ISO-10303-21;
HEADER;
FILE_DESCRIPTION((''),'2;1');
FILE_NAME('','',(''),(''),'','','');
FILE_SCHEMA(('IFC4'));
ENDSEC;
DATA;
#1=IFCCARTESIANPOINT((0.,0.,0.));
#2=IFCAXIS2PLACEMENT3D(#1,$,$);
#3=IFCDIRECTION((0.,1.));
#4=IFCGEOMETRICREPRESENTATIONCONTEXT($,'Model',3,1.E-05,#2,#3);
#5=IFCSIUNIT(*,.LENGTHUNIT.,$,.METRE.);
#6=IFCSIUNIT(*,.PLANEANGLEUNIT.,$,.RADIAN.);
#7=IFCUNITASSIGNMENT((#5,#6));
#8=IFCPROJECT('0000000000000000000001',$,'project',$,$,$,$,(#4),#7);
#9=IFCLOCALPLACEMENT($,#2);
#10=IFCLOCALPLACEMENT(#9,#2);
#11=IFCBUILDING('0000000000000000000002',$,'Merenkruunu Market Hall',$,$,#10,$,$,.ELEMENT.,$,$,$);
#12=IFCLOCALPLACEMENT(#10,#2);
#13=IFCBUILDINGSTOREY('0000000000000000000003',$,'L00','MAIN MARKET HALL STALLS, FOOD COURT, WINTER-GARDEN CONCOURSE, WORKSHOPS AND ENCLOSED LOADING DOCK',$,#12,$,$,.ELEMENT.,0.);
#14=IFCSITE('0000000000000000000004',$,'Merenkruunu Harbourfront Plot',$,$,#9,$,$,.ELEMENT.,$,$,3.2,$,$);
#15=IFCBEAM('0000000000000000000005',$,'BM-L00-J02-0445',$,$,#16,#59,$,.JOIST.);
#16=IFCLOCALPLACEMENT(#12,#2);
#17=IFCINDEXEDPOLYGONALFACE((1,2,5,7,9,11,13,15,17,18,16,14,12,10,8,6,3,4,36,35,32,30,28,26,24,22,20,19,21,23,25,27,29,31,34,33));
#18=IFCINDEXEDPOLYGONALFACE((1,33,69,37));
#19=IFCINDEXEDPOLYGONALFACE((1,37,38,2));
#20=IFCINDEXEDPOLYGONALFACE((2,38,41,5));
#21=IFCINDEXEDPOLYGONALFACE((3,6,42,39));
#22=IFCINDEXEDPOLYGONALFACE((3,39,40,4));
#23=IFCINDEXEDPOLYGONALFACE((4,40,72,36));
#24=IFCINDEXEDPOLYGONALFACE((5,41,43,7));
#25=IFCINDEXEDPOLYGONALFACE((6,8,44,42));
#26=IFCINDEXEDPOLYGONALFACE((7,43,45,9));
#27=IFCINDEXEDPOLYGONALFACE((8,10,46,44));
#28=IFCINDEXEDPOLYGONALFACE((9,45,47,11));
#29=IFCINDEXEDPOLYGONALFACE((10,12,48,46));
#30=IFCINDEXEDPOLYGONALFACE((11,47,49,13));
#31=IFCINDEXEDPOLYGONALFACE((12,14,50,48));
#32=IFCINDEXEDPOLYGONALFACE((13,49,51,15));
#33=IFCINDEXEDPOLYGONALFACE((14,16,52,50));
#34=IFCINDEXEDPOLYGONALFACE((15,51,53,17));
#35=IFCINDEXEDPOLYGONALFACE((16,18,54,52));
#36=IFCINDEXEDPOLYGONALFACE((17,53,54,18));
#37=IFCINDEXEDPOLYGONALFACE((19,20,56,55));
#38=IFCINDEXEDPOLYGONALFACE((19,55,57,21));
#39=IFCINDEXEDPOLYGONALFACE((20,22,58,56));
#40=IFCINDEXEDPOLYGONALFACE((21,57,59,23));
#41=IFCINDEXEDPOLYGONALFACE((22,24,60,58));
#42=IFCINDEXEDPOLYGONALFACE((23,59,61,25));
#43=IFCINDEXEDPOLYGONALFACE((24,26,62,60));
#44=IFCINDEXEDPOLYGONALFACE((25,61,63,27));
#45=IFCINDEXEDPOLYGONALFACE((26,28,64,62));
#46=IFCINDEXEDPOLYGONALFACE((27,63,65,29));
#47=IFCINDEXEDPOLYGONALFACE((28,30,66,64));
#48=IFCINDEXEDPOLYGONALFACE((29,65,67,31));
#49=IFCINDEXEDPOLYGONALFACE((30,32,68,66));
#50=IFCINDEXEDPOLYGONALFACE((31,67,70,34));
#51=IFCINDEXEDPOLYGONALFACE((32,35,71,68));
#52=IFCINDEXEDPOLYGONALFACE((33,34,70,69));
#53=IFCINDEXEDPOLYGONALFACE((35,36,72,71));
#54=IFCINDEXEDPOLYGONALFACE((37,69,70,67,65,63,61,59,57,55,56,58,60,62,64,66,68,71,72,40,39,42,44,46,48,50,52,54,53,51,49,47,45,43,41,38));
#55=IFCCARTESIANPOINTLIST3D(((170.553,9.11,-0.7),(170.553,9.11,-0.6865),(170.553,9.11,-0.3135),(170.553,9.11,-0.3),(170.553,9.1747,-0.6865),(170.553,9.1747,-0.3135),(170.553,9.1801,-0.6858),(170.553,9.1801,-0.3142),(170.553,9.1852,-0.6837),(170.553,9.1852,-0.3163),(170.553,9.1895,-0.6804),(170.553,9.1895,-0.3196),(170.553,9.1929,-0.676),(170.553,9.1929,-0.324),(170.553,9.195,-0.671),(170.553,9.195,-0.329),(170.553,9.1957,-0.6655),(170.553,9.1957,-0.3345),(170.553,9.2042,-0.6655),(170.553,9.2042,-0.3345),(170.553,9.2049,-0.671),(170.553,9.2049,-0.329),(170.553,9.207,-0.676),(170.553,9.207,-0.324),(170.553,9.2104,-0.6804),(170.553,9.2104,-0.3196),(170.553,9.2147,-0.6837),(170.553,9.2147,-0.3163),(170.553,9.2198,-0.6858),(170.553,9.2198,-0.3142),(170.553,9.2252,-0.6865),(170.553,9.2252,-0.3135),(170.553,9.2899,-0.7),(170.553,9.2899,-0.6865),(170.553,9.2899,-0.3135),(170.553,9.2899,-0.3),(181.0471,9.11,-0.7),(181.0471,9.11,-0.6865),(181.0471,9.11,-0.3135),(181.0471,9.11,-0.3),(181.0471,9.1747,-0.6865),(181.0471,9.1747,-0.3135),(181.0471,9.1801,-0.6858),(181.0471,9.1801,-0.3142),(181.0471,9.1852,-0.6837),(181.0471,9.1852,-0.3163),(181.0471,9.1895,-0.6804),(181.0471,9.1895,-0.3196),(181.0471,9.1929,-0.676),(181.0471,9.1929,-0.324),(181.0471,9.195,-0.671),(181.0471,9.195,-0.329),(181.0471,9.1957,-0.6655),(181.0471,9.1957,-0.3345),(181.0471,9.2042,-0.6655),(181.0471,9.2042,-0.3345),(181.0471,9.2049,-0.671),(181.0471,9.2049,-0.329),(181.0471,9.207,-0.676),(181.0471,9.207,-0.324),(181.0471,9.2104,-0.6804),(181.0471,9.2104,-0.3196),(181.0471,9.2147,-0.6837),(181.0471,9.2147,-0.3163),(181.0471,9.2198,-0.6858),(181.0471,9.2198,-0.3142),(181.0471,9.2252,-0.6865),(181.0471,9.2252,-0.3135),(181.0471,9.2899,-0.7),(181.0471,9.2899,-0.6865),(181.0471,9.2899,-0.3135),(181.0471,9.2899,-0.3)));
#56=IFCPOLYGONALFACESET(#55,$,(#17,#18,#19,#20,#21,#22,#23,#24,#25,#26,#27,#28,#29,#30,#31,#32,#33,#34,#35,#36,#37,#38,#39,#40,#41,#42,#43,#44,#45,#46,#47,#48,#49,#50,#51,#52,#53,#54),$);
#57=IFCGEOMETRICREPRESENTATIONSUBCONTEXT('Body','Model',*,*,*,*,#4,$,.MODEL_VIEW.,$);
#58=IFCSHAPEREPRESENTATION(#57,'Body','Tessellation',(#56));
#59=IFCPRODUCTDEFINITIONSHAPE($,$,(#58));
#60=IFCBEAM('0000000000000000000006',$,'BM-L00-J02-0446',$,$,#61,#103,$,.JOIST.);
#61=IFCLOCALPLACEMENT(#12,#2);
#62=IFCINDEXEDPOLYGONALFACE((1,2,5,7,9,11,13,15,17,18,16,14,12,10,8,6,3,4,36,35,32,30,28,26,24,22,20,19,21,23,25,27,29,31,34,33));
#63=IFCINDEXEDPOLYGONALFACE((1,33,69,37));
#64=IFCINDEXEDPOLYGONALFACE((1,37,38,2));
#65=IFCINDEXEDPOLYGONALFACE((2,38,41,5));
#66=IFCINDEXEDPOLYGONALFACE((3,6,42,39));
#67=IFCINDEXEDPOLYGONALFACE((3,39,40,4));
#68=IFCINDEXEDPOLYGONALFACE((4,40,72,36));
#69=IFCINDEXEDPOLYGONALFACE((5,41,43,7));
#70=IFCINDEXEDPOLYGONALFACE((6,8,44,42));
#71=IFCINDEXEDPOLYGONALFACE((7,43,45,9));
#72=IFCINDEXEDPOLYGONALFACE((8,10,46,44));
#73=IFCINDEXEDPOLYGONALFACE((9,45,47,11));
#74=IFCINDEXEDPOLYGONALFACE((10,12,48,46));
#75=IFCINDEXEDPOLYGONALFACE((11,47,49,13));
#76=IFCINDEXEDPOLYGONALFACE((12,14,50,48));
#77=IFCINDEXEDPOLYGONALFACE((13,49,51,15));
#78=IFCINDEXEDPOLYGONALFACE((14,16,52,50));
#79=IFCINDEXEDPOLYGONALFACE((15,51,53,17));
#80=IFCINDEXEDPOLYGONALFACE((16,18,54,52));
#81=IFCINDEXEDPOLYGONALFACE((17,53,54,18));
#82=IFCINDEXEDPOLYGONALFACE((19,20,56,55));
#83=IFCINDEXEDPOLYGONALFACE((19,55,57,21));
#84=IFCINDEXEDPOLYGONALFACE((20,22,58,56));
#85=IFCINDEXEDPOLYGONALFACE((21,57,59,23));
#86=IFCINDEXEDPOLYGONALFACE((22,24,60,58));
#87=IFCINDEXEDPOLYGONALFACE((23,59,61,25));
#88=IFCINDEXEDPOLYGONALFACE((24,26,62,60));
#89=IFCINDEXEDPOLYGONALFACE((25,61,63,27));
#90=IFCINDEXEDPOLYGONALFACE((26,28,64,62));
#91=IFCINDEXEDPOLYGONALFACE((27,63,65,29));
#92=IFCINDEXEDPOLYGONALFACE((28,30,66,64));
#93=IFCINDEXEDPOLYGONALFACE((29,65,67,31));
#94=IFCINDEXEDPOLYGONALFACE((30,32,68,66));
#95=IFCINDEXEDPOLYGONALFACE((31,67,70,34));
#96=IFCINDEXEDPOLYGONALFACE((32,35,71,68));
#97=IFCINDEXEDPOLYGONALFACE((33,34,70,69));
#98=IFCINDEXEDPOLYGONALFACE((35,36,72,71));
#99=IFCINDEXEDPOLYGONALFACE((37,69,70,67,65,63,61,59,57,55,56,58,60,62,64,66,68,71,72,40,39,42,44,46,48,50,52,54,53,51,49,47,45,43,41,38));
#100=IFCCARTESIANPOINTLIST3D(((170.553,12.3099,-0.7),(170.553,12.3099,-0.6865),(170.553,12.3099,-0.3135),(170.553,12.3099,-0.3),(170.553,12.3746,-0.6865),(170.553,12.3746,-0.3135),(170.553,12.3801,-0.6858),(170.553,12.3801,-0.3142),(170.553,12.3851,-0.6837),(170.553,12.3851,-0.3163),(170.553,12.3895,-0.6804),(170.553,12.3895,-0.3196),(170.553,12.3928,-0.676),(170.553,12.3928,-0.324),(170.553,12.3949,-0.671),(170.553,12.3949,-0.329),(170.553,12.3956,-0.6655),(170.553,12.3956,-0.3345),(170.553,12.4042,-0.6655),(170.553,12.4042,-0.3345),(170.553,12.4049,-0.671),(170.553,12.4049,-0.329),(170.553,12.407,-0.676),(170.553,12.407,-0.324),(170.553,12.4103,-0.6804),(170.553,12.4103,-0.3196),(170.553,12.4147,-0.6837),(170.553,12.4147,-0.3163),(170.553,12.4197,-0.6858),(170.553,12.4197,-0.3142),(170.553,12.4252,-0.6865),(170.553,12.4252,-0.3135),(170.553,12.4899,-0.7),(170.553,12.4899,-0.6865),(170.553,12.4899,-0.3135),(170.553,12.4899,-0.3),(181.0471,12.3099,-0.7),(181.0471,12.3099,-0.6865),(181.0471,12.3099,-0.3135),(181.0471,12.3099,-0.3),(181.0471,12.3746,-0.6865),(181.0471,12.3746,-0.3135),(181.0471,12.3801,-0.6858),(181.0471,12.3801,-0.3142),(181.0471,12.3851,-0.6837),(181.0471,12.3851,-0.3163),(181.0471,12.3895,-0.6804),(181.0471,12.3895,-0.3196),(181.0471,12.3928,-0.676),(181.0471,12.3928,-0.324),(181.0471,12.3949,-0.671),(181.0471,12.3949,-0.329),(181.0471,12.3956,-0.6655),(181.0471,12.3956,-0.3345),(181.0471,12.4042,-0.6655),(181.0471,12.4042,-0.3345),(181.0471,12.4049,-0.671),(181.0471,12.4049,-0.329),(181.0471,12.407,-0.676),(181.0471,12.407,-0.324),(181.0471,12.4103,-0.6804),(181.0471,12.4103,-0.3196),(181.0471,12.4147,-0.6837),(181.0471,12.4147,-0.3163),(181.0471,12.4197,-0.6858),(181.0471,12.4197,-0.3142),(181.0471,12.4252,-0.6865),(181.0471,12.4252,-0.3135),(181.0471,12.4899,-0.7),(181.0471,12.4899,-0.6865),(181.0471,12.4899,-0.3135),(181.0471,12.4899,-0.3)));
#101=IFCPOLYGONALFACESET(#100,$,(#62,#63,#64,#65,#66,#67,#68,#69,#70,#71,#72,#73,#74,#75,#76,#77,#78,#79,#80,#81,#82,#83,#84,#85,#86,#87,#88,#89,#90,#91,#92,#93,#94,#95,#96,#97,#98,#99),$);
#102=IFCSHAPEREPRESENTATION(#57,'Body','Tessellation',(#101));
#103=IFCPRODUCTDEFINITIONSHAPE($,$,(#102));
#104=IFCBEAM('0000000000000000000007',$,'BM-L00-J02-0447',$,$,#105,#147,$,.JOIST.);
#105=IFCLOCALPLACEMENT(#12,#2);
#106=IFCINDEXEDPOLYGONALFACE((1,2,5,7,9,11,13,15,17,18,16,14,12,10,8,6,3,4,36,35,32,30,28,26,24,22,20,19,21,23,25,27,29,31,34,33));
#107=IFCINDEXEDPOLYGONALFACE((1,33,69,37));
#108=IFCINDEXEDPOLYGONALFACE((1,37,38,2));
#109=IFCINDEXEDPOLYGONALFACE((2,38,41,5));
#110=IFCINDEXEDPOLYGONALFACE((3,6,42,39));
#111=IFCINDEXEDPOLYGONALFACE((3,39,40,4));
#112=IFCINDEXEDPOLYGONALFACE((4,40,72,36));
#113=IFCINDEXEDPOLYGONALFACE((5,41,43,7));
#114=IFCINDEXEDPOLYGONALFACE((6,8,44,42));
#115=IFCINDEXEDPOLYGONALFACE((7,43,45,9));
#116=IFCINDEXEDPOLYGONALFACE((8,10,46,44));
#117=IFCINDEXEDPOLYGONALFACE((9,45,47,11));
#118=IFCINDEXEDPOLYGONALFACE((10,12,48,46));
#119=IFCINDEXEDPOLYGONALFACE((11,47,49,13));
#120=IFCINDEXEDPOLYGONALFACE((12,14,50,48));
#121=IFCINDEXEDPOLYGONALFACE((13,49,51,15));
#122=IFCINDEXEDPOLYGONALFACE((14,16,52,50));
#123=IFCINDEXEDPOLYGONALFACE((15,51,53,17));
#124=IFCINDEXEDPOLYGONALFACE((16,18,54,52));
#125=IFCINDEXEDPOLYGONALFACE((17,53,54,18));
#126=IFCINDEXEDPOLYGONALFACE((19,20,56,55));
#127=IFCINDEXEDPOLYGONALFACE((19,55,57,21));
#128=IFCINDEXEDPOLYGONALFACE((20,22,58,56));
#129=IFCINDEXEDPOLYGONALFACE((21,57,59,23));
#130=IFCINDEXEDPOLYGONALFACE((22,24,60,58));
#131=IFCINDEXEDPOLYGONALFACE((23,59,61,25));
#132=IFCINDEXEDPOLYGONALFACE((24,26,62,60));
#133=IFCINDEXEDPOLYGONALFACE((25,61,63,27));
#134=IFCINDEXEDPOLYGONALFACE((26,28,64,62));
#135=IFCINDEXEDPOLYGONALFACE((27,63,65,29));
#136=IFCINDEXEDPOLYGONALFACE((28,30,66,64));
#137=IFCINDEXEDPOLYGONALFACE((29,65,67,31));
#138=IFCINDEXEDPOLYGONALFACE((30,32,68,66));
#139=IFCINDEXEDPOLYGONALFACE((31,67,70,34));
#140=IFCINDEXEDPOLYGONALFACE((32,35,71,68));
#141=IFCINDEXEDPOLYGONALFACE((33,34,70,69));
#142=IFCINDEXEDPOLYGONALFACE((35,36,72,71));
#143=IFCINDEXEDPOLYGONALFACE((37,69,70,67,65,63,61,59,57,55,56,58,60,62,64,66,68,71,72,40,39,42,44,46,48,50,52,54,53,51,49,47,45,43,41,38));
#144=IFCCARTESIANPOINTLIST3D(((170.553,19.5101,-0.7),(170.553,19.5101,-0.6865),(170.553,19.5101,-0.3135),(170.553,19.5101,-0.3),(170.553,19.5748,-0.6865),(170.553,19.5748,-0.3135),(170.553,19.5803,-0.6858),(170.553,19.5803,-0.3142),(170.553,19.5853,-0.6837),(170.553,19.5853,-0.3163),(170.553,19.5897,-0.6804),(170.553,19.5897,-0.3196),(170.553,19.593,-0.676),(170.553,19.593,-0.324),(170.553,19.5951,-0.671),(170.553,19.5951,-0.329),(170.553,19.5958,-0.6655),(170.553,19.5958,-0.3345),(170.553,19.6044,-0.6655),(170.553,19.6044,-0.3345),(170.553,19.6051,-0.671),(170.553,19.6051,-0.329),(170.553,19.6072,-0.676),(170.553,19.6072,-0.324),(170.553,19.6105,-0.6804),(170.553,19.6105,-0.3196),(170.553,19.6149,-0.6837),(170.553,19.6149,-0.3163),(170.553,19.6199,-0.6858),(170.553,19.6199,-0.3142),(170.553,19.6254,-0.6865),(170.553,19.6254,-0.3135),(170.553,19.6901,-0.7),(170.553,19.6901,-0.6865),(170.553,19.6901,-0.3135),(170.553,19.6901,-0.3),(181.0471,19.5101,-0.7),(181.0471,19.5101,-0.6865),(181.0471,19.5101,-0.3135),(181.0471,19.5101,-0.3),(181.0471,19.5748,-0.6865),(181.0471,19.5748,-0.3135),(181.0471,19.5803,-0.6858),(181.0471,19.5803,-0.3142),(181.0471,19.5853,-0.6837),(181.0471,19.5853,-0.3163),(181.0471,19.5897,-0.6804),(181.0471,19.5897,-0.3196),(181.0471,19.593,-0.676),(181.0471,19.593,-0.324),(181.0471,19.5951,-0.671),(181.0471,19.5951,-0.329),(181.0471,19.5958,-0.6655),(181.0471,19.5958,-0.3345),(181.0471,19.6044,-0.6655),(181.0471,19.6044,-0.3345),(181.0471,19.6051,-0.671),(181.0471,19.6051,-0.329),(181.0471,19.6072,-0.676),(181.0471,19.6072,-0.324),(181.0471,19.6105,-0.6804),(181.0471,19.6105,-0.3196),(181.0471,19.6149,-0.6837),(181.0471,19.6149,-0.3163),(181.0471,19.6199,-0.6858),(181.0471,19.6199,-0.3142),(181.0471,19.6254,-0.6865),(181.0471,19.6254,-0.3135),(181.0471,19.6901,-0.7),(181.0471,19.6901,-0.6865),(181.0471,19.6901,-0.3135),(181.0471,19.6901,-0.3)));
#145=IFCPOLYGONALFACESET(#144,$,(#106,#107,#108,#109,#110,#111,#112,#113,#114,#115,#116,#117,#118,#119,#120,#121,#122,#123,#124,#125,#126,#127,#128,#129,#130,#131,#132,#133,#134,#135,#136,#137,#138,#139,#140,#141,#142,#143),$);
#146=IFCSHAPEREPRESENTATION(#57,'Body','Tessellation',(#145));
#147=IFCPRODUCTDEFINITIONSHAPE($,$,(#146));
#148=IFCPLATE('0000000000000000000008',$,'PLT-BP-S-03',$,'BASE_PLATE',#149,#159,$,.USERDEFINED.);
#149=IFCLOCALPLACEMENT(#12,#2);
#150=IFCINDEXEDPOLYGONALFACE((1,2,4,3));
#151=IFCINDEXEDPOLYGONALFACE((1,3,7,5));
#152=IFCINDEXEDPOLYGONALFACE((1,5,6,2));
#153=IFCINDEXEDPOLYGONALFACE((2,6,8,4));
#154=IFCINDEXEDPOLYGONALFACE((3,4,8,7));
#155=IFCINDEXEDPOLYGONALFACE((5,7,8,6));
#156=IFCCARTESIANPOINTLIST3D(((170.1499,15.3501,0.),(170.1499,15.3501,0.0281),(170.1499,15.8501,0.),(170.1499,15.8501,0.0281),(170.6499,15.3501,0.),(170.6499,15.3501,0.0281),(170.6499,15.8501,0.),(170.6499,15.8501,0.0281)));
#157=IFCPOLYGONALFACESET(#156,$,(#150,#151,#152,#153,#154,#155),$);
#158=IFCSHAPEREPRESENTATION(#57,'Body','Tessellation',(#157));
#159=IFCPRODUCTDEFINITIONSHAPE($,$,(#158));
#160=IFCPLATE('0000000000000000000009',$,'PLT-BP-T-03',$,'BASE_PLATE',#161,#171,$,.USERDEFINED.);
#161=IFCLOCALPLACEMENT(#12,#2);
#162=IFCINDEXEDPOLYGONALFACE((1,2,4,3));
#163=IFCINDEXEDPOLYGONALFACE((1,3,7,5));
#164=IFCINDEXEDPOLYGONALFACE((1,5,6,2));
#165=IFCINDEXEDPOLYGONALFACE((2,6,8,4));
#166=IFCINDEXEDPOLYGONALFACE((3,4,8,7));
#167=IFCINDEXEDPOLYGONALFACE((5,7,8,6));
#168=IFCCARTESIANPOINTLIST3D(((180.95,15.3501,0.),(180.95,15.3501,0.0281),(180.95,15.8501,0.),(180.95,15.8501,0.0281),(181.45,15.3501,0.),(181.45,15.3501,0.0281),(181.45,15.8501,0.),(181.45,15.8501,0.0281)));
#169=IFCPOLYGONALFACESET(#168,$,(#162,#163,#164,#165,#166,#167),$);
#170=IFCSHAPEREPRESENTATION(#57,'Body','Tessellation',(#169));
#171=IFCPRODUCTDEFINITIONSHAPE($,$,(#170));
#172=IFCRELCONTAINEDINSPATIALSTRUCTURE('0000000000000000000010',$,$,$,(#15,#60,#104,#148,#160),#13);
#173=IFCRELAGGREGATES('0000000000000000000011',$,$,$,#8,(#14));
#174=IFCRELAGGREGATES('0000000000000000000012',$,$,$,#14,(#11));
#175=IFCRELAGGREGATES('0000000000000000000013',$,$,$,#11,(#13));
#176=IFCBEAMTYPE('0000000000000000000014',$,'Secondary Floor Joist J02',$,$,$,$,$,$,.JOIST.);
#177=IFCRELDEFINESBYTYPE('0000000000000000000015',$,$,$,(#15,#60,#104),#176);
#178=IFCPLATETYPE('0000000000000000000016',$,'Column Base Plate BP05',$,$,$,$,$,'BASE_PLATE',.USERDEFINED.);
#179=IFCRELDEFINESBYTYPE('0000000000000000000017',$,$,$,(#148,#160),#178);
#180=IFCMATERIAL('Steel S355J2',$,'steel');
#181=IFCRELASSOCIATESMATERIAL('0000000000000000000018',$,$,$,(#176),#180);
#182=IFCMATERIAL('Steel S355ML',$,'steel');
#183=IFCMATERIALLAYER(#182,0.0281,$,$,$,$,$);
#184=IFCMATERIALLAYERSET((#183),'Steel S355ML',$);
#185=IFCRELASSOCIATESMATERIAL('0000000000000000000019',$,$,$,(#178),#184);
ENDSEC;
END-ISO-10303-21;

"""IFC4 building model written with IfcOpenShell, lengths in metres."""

from ifc_helpers import new_model, si_unit, direction, frame, origin, origin_2d, place, context, subcontext, project, spatial, rectangle, i_section, extrude, material, layer, layer_set, material_profile, profile_set, type_object, element, save


model = new_model("IFC4")

# Units and contexts
model_context = context("Model", 3, precision=1e-05, world=origin(), true_north=direction((0.0, 1.0)))
body_context = subcontext(model_context, "Body", "Model", "MODEL_VIEW")
ifc_project = project(units=[si_unit("LENGTHUNIT", "METRE"), si_unit("PLANEANGLEUNIT", "RADIAN")], contexts=[model_context])

# Site, building, storey
site_placement = place(None, origin())
site = spatial("IfcSite", under=ifc_project, at=site_placement, Name="Merenkruunu Harbourfront Plot", CompositionType="ELEMENT", RefElevation=3.2)
building_placement = place(site_placement, origin())
building = spatial("IfcBuilding", under=site, at=building_placement, Name="Merenkruunu Market Hall", CompositionType="ELEMENT")
storey_placement = place(building_placement, origin())
storey = spatial("IfcBuildingStorey", under=building, at=storey_placement, Name="L00", Description="MAIN MARKET HALL STALLS, FOOD COURT, WINTER-GARDEN CONCOURSE, WORKSHOPS AND ENCLOSED LOADING DOCK", CompositionType="ELEMENT", Elevation=0.0)

# Shared definitions
ifc_material_1 = material(Name="Steel S355ML", Category="steel")

# Beams
ifc_material_2 = material(Name="Steel S355J2", Category="steel")
ifc_material_profile_1 = material_profile(ifc_material_2, i_section(OverallWidth=0.1799, OverallDepth=0.3999, WebThickness=0.0085, FlangeThickness=0.0134, FilletRadius=0.021, at=origin_2d()), Name="IPE 400")
ifc_profile_set_1 = profile_set([ifc_material_profile_1], Name="Steel S355J2")
beam_type_1 = type_object("IfcBeamType", Name="Secondary Floor Joist J02", PredefinedType="JOIST", material=ifc_profile_set_1)
for number, where, z_axis, x_axis, name in (
    (1, (170.553, 9.2, -0.5), (1.0, 0.0, 0.0), (0.0, 1.0, 0.0), "BM-L00-J02-0445"),
    (2, (170.553, 12.3999, -0.5), (1.0, 0.0, 0.0), (0.0, 1.0, 0.0), "BM-L00-J02-0446"),
    (3, (170.553, 19.6001, -0.5), (1.0, 0.0, 0.0), (0.0, 1.0, 0.0), "BM-L00-J02-0447"),
):
    element("IfcBeam", number, at=place(storey_placement, frame(where, z_axis=z_axis, x_axis=x_axis)), inside=storey, type_object=beam_type_1, Name=name, PredefinedType="JOIST", context=body_context, shape_type="SweptSolid", body=[
        extrude(i_section(OverallWidth=0.1799, OverallDepth=0.3999, WebThickness=0.0085, FlangeThickness=0.0134, FilletRadius=0.021, at=origin_2d()), origin(), (0.0, 0.0, 1.0), 10.4941),
    ])

# Plates
ifc_layer_1 = layer(ifc_material_1, 0.0281)
ifc_layer_set_1 = layer_set([ifc_layer_1], Name="Steel S355ML")
plate_type = type_object("IfcPlateType", Name="Column Base Plate BP05", ElementType="BASE_PLATE", PredefinedType="USERDEFINED", material=ifc_layer_set_1)
for number, where, z_axis, x_axis, name in (
    (4, (170.3999, 15.6001, 0.0), (0.0, 0.0, 1.0), (1.0, 0.0, 0.0), "PLT-BP-S-03"),
    (5, (181.2, 15.6001, 0.0), (0.0, 0.0, 1.0), (1.0, 0.0, 0.0), "PLT-BP-T-03"),
):
    element("IfcPlate", number, at=place(storey_placement, frame(where, z_axis=z_axis, x_axis=x_axis)), inside=storey, type_object=plate_type, Name=name, ObjectType="BASE_PLATE", PredefinedType="USERDEFINED", context=body_context, shape_type="SweptSolid", body=[
        extrude(rectangle(XDim=0.5, YDim=0.5, at=origin_2d()), origin(), (0.0, 0.0, 1.0), 0.0281),
    ])

save(model, "model.ifc")
